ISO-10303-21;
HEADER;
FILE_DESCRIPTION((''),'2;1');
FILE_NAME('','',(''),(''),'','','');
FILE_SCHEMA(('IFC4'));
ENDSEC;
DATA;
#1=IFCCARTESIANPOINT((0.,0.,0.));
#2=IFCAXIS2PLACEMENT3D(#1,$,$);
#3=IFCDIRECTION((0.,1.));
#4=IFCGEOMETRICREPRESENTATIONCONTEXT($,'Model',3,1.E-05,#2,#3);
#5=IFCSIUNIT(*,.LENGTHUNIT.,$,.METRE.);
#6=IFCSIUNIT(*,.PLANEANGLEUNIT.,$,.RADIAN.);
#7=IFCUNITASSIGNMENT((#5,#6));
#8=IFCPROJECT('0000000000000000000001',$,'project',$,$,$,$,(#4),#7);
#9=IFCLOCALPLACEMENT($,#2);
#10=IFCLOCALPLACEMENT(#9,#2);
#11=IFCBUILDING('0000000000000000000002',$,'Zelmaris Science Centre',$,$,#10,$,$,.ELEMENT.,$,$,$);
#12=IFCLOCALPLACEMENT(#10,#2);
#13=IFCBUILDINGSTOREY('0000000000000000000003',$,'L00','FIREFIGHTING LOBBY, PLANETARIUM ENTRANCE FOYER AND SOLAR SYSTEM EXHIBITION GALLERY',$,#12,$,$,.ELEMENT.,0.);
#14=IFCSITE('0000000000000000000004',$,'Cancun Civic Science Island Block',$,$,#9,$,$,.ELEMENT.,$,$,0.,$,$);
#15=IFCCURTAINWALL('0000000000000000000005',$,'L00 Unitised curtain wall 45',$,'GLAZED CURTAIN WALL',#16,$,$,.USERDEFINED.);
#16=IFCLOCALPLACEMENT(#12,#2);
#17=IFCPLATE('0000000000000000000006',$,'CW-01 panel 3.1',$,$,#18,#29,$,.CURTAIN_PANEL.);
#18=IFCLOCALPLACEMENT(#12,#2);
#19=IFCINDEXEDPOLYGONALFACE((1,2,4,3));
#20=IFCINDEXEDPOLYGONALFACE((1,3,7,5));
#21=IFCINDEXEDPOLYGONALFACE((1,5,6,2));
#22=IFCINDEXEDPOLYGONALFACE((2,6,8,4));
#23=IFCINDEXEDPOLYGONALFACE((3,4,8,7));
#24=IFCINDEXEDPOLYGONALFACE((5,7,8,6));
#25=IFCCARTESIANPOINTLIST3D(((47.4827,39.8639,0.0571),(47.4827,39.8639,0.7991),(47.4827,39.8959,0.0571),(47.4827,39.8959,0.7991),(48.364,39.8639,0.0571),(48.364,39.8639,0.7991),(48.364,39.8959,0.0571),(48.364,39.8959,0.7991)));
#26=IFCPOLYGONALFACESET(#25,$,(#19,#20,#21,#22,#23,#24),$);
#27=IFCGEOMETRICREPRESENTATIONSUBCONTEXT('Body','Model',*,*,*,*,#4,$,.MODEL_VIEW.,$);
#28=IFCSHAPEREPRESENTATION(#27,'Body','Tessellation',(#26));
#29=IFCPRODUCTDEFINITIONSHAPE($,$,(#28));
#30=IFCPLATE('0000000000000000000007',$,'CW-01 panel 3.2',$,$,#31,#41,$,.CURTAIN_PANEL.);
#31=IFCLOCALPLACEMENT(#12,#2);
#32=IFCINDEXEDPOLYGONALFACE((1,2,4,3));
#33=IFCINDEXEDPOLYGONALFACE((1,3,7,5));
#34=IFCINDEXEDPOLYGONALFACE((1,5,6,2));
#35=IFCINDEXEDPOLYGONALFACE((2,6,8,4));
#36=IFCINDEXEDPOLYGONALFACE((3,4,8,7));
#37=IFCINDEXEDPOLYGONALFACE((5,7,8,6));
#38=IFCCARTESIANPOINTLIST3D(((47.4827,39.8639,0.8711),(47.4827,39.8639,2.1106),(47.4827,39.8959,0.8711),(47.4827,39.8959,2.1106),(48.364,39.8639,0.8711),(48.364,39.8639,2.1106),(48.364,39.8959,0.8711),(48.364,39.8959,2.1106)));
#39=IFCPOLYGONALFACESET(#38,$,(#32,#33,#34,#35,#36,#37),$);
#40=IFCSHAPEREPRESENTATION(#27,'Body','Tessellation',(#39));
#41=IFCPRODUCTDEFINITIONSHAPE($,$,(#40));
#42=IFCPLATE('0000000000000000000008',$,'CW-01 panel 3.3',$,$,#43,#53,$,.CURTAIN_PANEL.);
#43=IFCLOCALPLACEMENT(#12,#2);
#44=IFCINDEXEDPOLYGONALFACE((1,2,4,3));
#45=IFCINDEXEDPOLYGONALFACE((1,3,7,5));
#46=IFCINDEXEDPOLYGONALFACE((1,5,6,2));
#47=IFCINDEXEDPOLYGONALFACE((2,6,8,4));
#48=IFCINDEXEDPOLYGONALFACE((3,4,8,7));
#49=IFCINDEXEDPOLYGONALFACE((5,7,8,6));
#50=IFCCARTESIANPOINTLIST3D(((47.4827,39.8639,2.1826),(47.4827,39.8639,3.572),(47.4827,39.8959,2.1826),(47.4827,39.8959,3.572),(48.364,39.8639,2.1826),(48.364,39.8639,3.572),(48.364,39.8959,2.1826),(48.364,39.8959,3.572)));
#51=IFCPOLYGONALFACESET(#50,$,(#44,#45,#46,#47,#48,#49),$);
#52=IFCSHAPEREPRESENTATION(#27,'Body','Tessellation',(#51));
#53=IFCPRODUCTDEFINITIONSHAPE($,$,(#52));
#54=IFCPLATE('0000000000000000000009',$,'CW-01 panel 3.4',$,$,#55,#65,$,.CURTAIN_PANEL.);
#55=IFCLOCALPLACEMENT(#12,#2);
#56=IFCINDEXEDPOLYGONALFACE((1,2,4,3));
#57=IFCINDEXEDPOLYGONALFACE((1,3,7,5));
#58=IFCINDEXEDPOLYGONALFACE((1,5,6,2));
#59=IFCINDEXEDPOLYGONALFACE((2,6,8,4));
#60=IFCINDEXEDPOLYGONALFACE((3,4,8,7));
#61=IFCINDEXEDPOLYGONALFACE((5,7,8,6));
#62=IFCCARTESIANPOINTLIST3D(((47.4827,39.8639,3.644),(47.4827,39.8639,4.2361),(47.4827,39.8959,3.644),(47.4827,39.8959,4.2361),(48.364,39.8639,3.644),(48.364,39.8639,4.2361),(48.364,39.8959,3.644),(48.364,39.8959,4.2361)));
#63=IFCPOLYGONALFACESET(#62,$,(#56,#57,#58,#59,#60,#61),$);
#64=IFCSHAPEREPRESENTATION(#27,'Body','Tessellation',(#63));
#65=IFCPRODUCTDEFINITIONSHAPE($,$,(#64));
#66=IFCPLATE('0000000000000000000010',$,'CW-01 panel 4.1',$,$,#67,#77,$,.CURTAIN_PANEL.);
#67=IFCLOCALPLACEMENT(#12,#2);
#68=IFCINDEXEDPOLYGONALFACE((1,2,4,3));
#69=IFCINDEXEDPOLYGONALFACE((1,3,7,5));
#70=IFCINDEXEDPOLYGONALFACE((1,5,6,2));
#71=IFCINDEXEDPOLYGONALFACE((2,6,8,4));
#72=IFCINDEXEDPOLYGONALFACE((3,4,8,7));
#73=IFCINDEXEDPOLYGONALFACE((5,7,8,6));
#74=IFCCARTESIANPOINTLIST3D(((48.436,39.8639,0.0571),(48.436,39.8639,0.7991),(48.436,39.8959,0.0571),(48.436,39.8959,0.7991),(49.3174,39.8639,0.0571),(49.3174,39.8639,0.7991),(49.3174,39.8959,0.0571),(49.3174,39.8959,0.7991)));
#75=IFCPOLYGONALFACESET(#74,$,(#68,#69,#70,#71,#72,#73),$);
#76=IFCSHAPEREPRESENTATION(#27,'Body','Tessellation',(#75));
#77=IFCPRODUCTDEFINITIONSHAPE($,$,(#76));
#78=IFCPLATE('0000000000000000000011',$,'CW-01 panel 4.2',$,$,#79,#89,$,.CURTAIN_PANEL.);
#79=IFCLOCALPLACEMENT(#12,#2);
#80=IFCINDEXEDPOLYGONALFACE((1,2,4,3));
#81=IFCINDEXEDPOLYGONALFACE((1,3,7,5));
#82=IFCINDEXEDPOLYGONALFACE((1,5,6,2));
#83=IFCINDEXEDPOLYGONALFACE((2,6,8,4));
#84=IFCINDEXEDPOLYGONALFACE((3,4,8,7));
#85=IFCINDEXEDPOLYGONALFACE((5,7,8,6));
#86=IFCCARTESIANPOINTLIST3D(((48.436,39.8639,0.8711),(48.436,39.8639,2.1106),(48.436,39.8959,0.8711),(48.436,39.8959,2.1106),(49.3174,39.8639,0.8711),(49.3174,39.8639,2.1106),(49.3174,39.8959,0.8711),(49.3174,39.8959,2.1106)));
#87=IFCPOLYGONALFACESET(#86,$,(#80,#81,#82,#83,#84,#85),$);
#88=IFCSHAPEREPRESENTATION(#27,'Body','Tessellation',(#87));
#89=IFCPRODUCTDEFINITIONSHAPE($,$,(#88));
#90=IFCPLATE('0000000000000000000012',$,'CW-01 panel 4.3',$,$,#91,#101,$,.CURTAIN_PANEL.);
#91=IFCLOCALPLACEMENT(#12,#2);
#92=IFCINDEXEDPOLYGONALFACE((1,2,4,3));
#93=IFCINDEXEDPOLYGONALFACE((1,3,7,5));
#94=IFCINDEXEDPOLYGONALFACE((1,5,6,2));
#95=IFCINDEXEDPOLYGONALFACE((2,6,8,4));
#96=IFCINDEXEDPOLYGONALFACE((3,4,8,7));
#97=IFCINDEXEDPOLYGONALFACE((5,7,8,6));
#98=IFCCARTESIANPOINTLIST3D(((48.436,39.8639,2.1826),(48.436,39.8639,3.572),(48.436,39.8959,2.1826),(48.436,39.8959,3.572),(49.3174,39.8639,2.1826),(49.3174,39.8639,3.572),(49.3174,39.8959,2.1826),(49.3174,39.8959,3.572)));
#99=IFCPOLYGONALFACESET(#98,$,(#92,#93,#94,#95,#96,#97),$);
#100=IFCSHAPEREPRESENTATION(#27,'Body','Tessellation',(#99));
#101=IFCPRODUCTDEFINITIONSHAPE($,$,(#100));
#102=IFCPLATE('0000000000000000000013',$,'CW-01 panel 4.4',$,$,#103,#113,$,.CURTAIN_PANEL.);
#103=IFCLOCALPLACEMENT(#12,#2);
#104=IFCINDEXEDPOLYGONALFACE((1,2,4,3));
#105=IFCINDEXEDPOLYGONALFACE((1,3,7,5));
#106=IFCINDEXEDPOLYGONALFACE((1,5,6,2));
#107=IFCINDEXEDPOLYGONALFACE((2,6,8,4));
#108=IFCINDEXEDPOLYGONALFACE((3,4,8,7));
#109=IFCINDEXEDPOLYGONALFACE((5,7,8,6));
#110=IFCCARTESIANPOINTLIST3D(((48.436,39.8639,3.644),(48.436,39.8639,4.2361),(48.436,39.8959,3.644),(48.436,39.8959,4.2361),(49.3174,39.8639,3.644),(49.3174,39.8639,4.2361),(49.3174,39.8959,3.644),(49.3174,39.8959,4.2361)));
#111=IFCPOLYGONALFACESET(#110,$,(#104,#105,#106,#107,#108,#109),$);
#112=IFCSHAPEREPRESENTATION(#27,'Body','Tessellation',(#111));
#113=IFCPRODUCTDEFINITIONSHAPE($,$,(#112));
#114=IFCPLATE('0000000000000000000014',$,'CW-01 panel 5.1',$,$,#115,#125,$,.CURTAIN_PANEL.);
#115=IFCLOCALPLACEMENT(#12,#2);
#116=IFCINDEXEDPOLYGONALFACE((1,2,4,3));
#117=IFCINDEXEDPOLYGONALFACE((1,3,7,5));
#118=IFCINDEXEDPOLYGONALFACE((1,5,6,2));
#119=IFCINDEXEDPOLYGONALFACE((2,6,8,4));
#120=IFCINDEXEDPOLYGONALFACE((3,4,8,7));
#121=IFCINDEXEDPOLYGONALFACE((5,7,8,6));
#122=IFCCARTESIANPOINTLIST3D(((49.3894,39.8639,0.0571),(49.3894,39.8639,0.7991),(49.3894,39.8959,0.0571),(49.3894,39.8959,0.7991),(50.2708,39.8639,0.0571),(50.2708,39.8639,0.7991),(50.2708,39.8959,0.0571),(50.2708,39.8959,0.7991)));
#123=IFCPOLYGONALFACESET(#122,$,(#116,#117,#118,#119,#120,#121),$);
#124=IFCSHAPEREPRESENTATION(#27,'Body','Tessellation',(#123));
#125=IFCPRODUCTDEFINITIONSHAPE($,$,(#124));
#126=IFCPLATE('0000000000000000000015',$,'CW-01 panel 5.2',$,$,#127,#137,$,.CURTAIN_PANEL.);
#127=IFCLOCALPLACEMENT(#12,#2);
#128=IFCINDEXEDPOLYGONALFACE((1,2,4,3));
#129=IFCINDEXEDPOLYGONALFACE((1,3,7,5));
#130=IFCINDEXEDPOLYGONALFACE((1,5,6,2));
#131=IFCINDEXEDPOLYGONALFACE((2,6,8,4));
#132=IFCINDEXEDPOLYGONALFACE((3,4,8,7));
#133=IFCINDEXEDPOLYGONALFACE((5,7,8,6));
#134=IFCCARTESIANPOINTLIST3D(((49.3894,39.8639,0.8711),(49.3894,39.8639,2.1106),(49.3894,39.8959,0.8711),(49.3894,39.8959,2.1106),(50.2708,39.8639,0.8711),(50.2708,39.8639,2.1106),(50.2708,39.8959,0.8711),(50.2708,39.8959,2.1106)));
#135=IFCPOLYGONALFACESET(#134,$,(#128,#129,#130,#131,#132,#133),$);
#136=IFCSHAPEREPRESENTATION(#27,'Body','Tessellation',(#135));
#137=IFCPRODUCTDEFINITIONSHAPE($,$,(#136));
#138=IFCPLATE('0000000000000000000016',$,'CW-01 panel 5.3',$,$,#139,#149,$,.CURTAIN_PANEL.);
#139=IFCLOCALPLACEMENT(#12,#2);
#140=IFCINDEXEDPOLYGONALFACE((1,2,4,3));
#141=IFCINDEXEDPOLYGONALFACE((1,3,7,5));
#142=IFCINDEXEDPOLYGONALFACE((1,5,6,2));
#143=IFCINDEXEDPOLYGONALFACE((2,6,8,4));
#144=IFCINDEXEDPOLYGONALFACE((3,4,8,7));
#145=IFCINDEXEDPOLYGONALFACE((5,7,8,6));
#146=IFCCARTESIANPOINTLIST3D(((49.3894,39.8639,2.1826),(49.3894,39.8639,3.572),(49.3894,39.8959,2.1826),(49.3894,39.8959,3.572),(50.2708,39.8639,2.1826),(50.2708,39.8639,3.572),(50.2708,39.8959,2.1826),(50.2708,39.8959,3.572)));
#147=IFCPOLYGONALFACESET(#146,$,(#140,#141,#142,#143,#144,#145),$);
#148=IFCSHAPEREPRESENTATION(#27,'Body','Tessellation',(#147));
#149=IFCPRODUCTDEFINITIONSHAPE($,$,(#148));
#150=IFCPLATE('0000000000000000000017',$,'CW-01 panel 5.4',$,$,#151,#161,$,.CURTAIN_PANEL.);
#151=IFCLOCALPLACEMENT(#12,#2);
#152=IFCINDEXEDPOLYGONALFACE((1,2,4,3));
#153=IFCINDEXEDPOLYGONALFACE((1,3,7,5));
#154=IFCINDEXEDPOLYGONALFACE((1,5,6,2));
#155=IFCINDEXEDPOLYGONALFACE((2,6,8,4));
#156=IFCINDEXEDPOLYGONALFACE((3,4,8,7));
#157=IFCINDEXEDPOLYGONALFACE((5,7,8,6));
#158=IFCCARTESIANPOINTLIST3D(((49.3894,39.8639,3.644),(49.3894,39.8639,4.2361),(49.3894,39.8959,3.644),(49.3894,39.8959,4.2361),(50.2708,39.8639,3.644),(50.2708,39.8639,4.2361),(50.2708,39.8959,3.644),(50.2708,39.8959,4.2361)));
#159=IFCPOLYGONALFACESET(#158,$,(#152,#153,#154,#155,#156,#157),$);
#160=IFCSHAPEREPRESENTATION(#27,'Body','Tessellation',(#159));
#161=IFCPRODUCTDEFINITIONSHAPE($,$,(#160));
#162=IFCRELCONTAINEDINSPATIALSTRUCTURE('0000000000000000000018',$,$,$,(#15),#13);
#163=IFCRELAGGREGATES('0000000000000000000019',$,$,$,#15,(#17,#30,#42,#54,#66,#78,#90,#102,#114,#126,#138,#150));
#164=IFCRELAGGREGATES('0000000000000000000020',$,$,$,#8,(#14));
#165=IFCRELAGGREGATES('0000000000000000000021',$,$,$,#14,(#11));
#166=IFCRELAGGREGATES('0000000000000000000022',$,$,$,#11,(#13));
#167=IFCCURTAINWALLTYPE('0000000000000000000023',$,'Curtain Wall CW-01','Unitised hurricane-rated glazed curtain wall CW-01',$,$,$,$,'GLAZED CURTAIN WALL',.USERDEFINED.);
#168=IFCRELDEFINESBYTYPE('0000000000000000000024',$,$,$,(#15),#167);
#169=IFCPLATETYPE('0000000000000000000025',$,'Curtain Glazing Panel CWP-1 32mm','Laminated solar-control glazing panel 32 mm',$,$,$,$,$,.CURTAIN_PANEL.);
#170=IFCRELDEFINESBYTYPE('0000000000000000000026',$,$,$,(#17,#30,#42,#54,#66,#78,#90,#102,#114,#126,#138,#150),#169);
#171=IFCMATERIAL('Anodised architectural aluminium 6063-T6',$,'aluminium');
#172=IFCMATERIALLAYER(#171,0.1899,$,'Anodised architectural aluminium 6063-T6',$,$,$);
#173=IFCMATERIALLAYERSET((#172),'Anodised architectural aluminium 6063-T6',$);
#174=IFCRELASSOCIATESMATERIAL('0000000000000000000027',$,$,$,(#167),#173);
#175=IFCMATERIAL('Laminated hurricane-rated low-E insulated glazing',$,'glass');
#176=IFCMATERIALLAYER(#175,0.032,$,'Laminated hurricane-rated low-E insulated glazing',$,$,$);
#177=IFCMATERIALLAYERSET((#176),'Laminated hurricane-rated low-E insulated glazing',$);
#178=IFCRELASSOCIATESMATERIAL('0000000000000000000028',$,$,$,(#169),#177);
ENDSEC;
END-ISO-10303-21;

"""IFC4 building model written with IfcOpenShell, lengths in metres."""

from ifc_helpers import new_model, si_unit, direction, frame, origin, origin_2d, place, context, subcontext, project, spatial, rectangle, extrude, material, layer, layer_set, type_object, element, aggregate, save


model = new_model("IFC4")

# Units and contexts
model_context = context("Model", 3, precision=1e-05, world=origin(), true_north=direction((0.0, 1.0)))
body_context = subcontext(model_context, "Body", "Model", "MODEL_VIEW")
ifc_project = project(units=[si_unit("LENGTHUNIT", "METRE"), si_unit("PLANEANGLEUNIT", "RADIAN")], contexts=[model_context])

# Site, building, storey
site_placement = place(None, origin())
site = spatial("IfcSite", under=ifc_project, at=site_placement, Name="Cancun Civic Science Island Block", CompositionType="ELEMENT", RefElevation=0.0)
building_placement = place(site_placement, origin())
building = spatial("IfcBuilding", under=site, at=building_placement, Name="Zelmaris Science Centre", CompositionType="ELEMENT")
storey_placement = place(building_placement, origin())
storey = spatial("IfcBuildingStorey", under=building, at=storey_placement, Name="L00", Description="FIREFIGHTING LOBBY, PLANETARIUM ENTRANCE FOYER AND SOLAR SYSTEM EXHIBITION GALLERY", CompositionType="ELEMENT", Elevation=0.0)

# Curtain wall, plates
ifc_material_1 = material(Name="Anodised architectural aluminium 6063-T6", Category="aluminium")
ifc_layer_1 = layer(ifc_material_1, 0.1899, Name="Anodised architectural aluminium 6063-T6")
ifc_layer_set_1 = layer_set([ifc_layer_1], Name="Anodised architectural aluminium 6063-T6")
curtain_wall_type = type_object("IfcCurtainWallType", Name="Curtain Wall CW-01", Description="Unitised hurricane-rated glazed curtain wall CW-01", ElementType="GLAZED CURTAIN WALL", PredefinedType="USERDEFINED", material=ifc_layer_set_1)
curtain_wall_placement = place(storey_placement, origin())
curtain_wall = element("IfcCurtainWall", 1, at=curtain_wall_placement, inside=storey, type_object=curtain_wall_type, Name="L00 Unitised curtain wall 45", ObjectType="GLAZED CURTAIN WALL", PredefinedType="USERDEFINED")
ifc_material_2 = material(Name="Laminated hurricane-rated low-E insulated glazing", Category="glass")
ifc_layer_2 = layer(ifc_material_2, 0.032, Name="Laminated hurricane-rated low-E insulated glazing")
ifc_layer_set_2 = layer_set([ifc_layer_2], Name="Laminated hurricane-rated low-E insulated glazing")
plate_type = type_object("IfcPlateType", Name="Curtain Glazing Panel CWP-1 32mm", Description="Laminated solar-control glazing panel 32 mm", PredefinedType="CURTAIN_PANEL", material=ifc_layer_set_2)
plate_1_placement = place(storey_placement, frame((47.9233, 39.8799, 0.0571), z_axis=(0.0, 0.0, 1.0), x_axis=(1.0, -0.000017, 0.0)))
plate_1 = element("IfcPlate", 2, at=plate_1_placement, type_object=plate_type, Name="CW-01 panel 3.1", PredefinedType="CURTAIN_PANEL", context=body_context, shape_type="SweptSolid", body=[
    extrude(rectangle(XDim=0.8813, YDim=0.032, at=origin_2d()), origin(), (0.0, 0.0, 1.0), 0.7419),
])
plate_2_placement = place(storey_placement, frame((47.9233, 39.8799, 0.8711), z_axis=(0.0, 0.0, 1.0), x_axis=(1.0, -0.000017, 0.0)))
plate_2 = element("IfcPlate", 3, at=plate_2_placement, type_object=plate_type, Name="CW-01 panel 3.2", PredefinedType="CURTAIN_PANEL", context=body_context, shape_type="SweptSolid", body=[
    extrude(rectangle(XDim=0.8813, YDim=0.032, at=origin_2d()), origin(), (0.0, 0.0, 1.0), 1.2395),
])
plate_3_placement = place(storey_placement, frame((47.9233, 39.8799, 2.1826), z_axis=(0.0, 0.0, 1.0), x_axis=(1.0, -0.000017, 0.0)))
plate_3 = element("IfcPlate", 4, at=plate_3_placement, type_object=plate_type, Name="CW-01 panel 3.3", PredefinedType="CURTAIN_PANEL", context=body_context, shape_type="SweptSolid", body=[
    extrude(rectangle(XDim=0.8813, YDim=0.032, at=origin_2d()), origin(), (0.0, 0.0, 1.0), 1.3894),
])
plate_4_placement = place(storey_placement, frame((47.9233, 39.8799, 3.644), z_axis=(0.0, 0.0, 1.0), x_axis=(1.0, -0.000017, 0.0)))
plate_4 = element("IfcPlate", 5, at=plate_4_placement, type_object=plate_type, Name="CW-01 panel 3.4", PredefinedType="CURTAIN_PANEL", context=body_context, shape_type="SweptSolid", body=[
    extrude(rectangle(XDim=0.8813, YDim=0.032, at=origin_2d()), origin(), (0.0, 0.0, 1.0), 0.592),
])
plate_5_placement = place(storey_placement, frame((48.8767, 39.8799, 0.0571), z_axis=(0.0, 0.0, 1.0), x_axis=(1.0, -0.000017, 0.0)))
plate_5 = element("IfcPlate", 6, at=plate_5_placement, type_object=plate_type, Name="CW-01 panel 4.1", PredefinedType="CURTAIN_PANEL", context=body_context, shape_type="SweptSolid", body=[
    extrude(rectangle(XDim=0.8813, YDim=0.032, at=origin_2d()), origin(), (0.0, 0.0, 1.0), 0.7419),
])
plate_6_placement = place(storey_placement, frame((48.8767, 39.8799, 0.8711), z_axis=(0.0, 0.0, 1.0), x_axis=(1.0, -0.000017, 0.0)))
plate_6 = element("IfcPlate", 7, at=plate_6_placement, type_object=plate_type, Name="CW-01 panel 4.2", PredefinedType="CURTAIN_PANEL", context=body_context, shape_type="SweptSolid", body=[
    extrude(rectangle(XDim=0.8813, YDim=0.032, at=origin_2d()), origin(), (0.0, 0.0, 1.0), 1.2395),
])
plate_7_placement = place(storey_placement, frame((48.8767, 39.8799, 2.1826), z_axis=(0.0, 0.0, 1.0), x_axis=(1.0, -0.000017, 0.0)))
plate_7 = element("IfcPlate", 8, at=plate_7_placement, type_object=plate_type, Name="CW-01 panel 4.3", PredefinedType="CURTAIN_PANEL", context=body_context, shape_type="SweptSolid", body=[
    extrude(rectangle(XDim=0.8813, YDim=0.032, at=origin_2d()), origin(), (0.0, 0.0, 1.0), 1.3894),
])
plate_8_placement = place(storey_placement, frame((48.8767, 39.8799, 3.644), z_axis=(0.0, 0.0, 1.0), x_axis=(1.0, -0.000017, 0.0)))
plate_8 = element("IfcPlate", 9, at=plate_8_placement, type_object=plate_type, Name="CW-01 panel 4.4", PredefinedType="CURTAIN_PANEL", context=body_context, shape_type="SweptSolid", body=[
    extrude(rectangle(XDim=0.8813, YDim=0.032, at=origin_2d()), origin(), (0.0, 0.0, 1.0), 0.592),
])
plate_9_placement = place(storey_placement, frame((49.8301, 39.8799, 0.0571), z_axis=(0.0, 0.0, 1.0), x_axis=(1.0, -0.000017, 0.0)))
plate_9 = element("IfcPlate", 10, at=plate_9_placement, type_object=plate_type, Name="CW-01 panel 5.1", PredefinedType="CURTAIN_PANEL", context=body_context, shape_type="SweptSolid", body=[
    extrude(rectangle(XDim=0.8813, YDim=0.032, at=origin_2d()), origin(), (0.0, 0.0, 1.0), 0.7419),
])
plate_10_placement = place(storey_placement, frame((49.8301, 39.8799, 0.8711), z_axis=(0.0, 0.0, 1.0), x_axis=(1.0, -0.000017, 0.0)))
plate_10 = element("IfcPlate", 11, at=plate_10_placement, type_object=plate_type, Name="CW-01 panel 5.2", PredefinedType="CURTAIN_PANEL", context=body_context, shape_type="SweptSolid", body=[
    extrude(rectangle(XDim=0.8813, YDim=0.032, at=origin_2d()), origin(), (0.0, 0.0, 1.0), 1.2395),
])
plate_11_placement = place(storey_placement, frame((49.8301, 39.8799, 2.1826), z_axis=(0.0, 0.0, 1.0), x_axis=(1.0, -0.000017, 0.0)))
plate_11 = element("IfcPlate", 12, at=plate_11_placement, type_object=plate_type, Name="CW-01 panel 5.3", PredefinedType="CURTAIN_PANEL", context=body_context, shape_type="SweptSolid", body=[
    extrude(rectangle(XDim=0.8813, YDim=0.032, at=origin_2d()), origin(), (0.0, 0.0, 1.0), 1.3894),
])
plate_12_placement = place(storey_placement, frame((49.8301, 39.8799, 3.644), z_axis=(0.0, 0.0, 1.0), x_axis=(1.0, -0.000017, 0.0)))
plate_12 = element("IfcPlate", 13, at=plate_12_placement, type_object=plate_type, Name="CW-01 panel 5.4", PredefinedType="CURTAIN_PANEL", context=body_context, shape_type="SweptSolid", body=[
    extrude(rectangle(XDim=0.8813, YDim=0.032, at=origin_2d()), origin(), (0.0, 0.0, 1.0), 0.592),
])
aggregate(curtain_wall, [plate_1, plate_2, plate_3, plate_4, plate_5, plate_6, plate_7, plate_8, plate_9, plate_10, plate_11, plate_12])

save(model, "model.ifc")
